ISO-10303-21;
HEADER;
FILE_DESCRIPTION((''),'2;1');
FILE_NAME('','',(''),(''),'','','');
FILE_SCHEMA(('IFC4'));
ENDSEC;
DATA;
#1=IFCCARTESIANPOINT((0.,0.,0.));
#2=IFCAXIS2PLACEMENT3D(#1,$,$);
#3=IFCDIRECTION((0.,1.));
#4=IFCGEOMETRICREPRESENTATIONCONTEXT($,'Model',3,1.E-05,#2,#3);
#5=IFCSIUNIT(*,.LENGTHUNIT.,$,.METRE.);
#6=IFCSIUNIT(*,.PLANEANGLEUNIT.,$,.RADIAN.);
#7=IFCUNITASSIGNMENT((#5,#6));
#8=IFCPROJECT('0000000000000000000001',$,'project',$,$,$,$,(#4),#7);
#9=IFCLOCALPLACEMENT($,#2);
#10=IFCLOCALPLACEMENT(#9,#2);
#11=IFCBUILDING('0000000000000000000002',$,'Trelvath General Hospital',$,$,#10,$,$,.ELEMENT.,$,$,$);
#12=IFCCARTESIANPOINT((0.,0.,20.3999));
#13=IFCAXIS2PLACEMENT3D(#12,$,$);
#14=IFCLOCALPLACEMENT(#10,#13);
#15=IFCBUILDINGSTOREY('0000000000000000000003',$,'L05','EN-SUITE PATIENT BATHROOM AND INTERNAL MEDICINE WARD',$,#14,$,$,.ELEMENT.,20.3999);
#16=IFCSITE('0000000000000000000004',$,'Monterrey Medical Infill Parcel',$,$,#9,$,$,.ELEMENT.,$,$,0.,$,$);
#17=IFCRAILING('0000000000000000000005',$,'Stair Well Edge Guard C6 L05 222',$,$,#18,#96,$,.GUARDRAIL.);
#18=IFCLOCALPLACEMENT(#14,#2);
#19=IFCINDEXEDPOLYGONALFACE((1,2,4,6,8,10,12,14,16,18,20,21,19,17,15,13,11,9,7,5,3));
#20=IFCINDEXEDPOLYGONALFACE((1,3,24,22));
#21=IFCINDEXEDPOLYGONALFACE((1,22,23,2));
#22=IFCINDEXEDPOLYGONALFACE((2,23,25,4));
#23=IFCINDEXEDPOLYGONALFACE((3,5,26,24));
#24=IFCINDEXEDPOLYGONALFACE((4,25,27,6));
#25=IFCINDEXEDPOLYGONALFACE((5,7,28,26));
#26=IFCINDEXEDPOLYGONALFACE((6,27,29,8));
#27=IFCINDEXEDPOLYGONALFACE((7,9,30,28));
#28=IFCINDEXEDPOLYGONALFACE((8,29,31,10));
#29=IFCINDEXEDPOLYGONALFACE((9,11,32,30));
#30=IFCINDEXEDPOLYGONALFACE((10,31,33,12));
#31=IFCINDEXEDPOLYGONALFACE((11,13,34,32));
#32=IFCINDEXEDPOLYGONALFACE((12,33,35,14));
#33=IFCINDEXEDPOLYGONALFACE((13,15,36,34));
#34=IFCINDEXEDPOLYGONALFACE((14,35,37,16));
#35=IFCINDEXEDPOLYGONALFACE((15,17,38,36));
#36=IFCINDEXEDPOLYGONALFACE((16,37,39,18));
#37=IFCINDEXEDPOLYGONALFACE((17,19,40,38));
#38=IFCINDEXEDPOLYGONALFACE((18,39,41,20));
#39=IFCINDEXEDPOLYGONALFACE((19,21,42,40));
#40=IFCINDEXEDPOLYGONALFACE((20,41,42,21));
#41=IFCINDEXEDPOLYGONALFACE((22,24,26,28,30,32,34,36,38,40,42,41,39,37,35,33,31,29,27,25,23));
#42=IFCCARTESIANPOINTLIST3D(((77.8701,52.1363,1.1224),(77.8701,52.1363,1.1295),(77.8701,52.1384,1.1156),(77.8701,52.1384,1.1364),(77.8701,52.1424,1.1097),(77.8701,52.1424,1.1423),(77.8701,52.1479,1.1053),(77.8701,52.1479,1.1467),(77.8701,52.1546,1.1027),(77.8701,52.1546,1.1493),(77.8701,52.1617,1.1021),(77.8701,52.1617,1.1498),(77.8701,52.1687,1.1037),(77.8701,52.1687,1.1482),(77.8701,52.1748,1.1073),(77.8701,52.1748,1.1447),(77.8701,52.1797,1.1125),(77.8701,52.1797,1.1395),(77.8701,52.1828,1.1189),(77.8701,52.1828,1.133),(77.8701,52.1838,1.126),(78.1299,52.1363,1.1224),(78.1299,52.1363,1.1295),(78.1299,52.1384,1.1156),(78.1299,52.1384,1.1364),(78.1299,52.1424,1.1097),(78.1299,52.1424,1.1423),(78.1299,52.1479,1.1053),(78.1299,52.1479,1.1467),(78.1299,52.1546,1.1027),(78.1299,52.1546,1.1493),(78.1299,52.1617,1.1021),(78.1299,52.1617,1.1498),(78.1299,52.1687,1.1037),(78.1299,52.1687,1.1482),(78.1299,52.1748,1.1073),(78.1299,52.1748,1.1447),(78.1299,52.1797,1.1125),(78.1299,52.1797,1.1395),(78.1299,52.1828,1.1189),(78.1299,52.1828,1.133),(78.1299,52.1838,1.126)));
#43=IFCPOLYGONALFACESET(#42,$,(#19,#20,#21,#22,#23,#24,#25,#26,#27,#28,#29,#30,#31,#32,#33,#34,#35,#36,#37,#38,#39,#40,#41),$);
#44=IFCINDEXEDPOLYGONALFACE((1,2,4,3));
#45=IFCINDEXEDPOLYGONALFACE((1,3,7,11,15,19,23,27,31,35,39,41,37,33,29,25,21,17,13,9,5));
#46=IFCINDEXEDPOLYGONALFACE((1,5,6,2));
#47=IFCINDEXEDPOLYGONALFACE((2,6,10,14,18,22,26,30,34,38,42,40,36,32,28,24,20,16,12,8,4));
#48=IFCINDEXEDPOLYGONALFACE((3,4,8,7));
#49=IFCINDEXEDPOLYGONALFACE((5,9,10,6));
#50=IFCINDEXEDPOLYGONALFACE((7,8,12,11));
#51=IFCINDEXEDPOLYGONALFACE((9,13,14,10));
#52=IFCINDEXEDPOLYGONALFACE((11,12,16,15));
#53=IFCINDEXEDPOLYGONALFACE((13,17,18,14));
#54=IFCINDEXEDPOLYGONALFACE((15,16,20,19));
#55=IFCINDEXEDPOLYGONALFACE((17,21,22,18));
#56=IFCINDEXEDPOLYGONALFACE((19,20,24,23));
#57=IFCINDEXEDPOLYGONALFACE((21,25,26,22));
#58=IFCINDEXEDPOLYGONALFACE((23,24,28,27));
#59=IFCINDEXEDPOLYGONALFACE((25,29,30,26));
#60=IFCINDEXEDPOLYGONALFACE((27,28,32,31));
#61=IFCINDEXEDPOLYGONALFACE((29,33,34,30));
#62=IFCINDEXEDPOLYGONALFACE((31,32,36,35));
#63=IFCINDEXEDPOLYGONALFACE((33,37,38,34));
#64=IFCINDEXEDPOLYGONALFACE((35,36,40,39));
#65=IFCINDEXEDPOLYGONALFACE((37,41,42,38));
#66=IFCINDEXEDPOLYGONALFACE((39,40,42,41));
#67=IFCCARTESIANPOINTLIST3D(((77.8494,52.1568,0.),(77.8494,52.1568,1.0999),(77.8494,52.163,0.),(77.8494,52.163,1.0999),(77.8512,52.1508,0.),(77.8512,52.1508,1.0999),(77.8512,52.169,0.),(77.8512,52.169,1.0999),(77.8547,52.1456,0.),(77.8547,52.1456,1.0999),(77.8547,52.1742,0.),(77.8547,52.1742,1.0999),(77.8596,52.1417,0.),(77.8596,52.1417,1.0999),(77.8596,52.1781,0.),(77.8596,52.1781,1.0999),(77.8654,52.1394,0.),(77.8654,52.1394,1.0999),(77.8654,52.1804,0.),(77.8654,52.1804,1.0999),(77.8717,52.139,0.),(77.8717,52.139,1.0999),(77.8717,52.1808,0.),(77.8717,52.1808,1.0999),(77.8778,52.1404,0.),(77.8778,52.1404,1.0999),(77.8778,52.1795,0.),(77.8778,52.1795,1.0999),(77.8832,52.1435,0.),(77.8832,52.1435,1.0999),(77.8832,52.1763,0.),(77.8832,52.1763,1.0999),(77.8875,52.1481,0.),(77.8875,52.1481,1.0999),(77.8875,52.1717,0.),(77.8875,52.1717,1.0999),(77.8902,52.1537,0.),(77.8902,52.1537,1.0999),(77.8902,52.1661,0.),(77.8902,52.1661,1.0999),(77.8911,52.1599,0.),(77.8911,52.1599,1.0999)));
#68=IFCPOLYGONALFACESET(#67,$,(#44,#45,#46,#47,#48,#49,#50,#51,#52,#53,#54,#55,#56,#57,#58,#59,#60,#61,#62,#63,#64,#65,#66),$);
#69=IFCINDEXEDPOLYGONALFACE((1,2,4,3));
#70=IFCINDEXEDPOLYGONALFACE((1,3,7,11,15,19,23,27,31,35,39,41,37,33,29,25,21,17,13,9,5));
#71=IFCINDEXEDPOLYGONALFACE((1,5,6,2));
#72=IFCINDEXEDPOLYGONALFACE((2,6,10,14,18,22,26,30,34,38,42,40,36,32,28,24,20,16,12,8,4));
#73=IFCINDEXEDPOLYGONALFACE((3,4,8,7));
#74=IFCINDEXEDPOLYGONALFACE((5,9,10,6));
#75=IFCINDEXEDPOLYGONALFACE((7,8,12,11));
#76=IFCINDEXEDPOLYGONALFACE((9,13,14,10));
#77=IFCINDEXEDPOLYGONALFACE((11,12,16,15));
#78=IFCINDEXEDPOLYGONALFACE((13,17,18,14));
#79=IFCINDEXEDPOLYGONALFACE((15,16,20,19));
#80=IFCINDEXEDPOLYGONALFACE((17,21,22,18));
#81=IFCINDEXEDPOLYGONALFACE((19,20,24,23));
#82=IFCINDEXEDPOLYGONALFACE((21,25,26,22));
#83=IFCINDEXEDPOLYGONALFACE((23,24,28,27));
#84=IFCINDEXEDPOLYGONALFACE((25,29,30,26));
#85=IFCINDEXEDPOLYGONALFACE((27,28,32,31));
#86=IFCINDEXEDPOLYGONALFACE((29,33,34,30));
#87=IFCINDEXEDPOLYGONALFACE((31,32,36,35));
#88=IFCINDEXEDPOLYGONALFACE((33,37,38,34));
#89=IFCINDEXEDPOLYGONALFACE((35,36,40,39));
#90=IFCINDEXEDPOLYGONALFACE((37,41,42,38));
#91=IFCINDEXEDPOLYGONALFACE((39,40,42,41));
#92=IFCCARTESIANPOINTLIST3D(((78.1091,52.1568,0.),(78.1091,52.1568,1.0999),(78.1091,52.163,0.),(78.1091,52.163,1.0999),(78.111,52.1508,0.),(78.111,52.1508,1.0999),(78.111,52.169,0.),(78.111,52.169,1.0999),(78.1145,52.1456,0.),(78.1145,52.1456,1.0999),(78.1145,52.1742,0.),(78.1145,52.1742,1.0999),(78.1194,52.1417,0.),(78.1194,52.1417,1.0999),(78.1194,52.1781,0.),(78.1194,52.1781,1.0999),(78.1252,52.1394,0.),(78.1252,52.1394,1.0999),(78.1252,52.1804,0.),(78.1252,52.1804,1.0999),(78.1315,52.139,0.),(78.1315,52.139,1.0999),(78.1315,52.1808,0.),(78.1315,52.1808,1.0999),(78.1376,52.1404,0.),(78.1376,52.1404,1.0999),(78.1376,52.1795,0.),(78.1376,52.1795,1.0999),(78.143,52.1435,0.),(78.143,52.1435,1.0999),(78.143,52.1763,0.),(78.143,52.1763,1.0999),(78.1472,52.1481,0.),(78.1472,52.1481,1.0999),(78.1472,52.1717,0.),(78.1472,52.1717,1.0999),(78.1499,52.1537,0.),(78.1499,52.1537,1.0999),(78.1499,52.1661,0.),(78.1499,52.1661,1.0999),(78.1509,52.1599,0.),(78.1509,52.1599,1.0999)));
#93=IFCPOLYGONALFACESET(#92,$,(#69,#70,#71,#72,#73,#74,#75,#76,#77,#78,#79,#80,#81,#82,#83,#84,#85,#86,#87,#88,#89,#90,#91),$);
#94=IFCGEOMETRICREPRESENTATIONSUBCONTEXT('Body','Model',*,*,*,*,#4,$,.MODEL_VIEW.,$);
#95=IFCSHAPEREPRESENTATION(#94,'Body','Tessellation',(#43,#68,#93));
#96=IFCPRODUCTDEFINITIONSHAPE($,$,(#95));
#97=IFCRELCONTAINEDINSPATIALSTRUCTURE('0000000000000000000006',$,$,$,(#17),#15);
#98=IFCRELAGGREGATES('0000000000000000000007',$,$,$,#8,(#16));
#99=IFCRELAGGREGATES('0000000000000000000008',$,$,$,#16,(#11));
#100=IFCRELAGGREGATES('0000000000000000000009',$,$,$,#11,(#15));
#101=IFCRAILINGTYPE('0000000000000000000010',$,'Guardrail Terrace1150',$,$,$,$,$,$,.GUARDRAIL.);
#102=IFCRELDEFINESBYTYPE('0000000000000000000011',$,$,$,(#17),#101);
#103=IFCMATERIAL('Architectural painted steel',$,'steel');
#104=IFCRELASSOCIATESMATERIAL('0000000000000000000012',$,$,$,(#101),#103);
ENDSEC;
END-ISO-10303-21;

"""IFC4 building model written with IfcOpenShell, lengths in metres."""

from ifc_helpers import new_model, si_unit, direction, frame, origin, origin_2d, place, context, subcontext, project, spatial, circle, extrude, material, type_object, element, save


model = new_model("IFC4")

# Units and contexts
model_context = context("Model", 3, precision=1e-05, world=origin(), true_north=direction((0.0, 1.0)))
body_context = subcontext(model_context, "Body", "Model", "MODEL_VIEW")
ifc_project = project(units=[si_unit("LENGTHUNIT", "METRE"), si_unit("PLANEANGLEUNIT", "RADIAN")], contexts=[model_context])

# Site, building, storey
site_placement = place(None, origin())
site = spatial("IfcSite", under=ifc_project, at=site_placement, Name="Monterrey Medical Infill Parcel", CompositionType="ELEMENT", RefElevation=0.0)
building_placement = place(site_placement, origin())
building = spatial("IfcBuilding", under=site, at=building_placement, Name="Trelvath General Hospital", CompositionType="ELEMENT")
storey_placement = place(building_placement, frame((0.0, 0.0, 20.3999)))
storey = spatial("IfcBuildingStorey", under=building, at=storey_placement, Name="L05", Description="EN-SUITE PATIENT BATHROOM AND INTERNAL MEDICINE WARD", CompositionType="ELEMENT", Elevation=20.3999)

# Railing
ifc_material_1 = material(Name="Architectural painted steel", Category="steel")
railing_type_1 = type_object("IfcRailingType", Name="Guardrail Terrace1150", PredefinedType="GUARDRAIL", material=ifc_material_1)
railing_1_placement = place(storey_placement, frame((77.8701, 52.1599, 0.0)))
element("IfcRailing", 1, at=railing_1_placement, inside=storey, type_object=railing_type_1, Name="Stair Well Edge Guard C6 L05 222", PredefinedType="GUARDRAIL", context=body_context, shape_type="SweptSolid", body=[
    extrude(circle(Radius=0.0239, at=origin_2d()), frame((0.0, 0.0, 1.126), z_axis=(1.0, 0.0, 0.0), x_axis=(0.0, 1.0, 0.0)), (0.0, 0.0, 1.0), 0.2598),
    extrude(circle(Radius=0.021, at=origin_2d()), origin(), (0.0, 0.0, 1.0), 1.0999),
    extrude(circle(Radius=0.021, at=origin_2d()), frame((0.2598, 0.0, 0.0)), (0.0, 0.0, 1.0), 1.0999),
])

save(model, "model.ifc")
